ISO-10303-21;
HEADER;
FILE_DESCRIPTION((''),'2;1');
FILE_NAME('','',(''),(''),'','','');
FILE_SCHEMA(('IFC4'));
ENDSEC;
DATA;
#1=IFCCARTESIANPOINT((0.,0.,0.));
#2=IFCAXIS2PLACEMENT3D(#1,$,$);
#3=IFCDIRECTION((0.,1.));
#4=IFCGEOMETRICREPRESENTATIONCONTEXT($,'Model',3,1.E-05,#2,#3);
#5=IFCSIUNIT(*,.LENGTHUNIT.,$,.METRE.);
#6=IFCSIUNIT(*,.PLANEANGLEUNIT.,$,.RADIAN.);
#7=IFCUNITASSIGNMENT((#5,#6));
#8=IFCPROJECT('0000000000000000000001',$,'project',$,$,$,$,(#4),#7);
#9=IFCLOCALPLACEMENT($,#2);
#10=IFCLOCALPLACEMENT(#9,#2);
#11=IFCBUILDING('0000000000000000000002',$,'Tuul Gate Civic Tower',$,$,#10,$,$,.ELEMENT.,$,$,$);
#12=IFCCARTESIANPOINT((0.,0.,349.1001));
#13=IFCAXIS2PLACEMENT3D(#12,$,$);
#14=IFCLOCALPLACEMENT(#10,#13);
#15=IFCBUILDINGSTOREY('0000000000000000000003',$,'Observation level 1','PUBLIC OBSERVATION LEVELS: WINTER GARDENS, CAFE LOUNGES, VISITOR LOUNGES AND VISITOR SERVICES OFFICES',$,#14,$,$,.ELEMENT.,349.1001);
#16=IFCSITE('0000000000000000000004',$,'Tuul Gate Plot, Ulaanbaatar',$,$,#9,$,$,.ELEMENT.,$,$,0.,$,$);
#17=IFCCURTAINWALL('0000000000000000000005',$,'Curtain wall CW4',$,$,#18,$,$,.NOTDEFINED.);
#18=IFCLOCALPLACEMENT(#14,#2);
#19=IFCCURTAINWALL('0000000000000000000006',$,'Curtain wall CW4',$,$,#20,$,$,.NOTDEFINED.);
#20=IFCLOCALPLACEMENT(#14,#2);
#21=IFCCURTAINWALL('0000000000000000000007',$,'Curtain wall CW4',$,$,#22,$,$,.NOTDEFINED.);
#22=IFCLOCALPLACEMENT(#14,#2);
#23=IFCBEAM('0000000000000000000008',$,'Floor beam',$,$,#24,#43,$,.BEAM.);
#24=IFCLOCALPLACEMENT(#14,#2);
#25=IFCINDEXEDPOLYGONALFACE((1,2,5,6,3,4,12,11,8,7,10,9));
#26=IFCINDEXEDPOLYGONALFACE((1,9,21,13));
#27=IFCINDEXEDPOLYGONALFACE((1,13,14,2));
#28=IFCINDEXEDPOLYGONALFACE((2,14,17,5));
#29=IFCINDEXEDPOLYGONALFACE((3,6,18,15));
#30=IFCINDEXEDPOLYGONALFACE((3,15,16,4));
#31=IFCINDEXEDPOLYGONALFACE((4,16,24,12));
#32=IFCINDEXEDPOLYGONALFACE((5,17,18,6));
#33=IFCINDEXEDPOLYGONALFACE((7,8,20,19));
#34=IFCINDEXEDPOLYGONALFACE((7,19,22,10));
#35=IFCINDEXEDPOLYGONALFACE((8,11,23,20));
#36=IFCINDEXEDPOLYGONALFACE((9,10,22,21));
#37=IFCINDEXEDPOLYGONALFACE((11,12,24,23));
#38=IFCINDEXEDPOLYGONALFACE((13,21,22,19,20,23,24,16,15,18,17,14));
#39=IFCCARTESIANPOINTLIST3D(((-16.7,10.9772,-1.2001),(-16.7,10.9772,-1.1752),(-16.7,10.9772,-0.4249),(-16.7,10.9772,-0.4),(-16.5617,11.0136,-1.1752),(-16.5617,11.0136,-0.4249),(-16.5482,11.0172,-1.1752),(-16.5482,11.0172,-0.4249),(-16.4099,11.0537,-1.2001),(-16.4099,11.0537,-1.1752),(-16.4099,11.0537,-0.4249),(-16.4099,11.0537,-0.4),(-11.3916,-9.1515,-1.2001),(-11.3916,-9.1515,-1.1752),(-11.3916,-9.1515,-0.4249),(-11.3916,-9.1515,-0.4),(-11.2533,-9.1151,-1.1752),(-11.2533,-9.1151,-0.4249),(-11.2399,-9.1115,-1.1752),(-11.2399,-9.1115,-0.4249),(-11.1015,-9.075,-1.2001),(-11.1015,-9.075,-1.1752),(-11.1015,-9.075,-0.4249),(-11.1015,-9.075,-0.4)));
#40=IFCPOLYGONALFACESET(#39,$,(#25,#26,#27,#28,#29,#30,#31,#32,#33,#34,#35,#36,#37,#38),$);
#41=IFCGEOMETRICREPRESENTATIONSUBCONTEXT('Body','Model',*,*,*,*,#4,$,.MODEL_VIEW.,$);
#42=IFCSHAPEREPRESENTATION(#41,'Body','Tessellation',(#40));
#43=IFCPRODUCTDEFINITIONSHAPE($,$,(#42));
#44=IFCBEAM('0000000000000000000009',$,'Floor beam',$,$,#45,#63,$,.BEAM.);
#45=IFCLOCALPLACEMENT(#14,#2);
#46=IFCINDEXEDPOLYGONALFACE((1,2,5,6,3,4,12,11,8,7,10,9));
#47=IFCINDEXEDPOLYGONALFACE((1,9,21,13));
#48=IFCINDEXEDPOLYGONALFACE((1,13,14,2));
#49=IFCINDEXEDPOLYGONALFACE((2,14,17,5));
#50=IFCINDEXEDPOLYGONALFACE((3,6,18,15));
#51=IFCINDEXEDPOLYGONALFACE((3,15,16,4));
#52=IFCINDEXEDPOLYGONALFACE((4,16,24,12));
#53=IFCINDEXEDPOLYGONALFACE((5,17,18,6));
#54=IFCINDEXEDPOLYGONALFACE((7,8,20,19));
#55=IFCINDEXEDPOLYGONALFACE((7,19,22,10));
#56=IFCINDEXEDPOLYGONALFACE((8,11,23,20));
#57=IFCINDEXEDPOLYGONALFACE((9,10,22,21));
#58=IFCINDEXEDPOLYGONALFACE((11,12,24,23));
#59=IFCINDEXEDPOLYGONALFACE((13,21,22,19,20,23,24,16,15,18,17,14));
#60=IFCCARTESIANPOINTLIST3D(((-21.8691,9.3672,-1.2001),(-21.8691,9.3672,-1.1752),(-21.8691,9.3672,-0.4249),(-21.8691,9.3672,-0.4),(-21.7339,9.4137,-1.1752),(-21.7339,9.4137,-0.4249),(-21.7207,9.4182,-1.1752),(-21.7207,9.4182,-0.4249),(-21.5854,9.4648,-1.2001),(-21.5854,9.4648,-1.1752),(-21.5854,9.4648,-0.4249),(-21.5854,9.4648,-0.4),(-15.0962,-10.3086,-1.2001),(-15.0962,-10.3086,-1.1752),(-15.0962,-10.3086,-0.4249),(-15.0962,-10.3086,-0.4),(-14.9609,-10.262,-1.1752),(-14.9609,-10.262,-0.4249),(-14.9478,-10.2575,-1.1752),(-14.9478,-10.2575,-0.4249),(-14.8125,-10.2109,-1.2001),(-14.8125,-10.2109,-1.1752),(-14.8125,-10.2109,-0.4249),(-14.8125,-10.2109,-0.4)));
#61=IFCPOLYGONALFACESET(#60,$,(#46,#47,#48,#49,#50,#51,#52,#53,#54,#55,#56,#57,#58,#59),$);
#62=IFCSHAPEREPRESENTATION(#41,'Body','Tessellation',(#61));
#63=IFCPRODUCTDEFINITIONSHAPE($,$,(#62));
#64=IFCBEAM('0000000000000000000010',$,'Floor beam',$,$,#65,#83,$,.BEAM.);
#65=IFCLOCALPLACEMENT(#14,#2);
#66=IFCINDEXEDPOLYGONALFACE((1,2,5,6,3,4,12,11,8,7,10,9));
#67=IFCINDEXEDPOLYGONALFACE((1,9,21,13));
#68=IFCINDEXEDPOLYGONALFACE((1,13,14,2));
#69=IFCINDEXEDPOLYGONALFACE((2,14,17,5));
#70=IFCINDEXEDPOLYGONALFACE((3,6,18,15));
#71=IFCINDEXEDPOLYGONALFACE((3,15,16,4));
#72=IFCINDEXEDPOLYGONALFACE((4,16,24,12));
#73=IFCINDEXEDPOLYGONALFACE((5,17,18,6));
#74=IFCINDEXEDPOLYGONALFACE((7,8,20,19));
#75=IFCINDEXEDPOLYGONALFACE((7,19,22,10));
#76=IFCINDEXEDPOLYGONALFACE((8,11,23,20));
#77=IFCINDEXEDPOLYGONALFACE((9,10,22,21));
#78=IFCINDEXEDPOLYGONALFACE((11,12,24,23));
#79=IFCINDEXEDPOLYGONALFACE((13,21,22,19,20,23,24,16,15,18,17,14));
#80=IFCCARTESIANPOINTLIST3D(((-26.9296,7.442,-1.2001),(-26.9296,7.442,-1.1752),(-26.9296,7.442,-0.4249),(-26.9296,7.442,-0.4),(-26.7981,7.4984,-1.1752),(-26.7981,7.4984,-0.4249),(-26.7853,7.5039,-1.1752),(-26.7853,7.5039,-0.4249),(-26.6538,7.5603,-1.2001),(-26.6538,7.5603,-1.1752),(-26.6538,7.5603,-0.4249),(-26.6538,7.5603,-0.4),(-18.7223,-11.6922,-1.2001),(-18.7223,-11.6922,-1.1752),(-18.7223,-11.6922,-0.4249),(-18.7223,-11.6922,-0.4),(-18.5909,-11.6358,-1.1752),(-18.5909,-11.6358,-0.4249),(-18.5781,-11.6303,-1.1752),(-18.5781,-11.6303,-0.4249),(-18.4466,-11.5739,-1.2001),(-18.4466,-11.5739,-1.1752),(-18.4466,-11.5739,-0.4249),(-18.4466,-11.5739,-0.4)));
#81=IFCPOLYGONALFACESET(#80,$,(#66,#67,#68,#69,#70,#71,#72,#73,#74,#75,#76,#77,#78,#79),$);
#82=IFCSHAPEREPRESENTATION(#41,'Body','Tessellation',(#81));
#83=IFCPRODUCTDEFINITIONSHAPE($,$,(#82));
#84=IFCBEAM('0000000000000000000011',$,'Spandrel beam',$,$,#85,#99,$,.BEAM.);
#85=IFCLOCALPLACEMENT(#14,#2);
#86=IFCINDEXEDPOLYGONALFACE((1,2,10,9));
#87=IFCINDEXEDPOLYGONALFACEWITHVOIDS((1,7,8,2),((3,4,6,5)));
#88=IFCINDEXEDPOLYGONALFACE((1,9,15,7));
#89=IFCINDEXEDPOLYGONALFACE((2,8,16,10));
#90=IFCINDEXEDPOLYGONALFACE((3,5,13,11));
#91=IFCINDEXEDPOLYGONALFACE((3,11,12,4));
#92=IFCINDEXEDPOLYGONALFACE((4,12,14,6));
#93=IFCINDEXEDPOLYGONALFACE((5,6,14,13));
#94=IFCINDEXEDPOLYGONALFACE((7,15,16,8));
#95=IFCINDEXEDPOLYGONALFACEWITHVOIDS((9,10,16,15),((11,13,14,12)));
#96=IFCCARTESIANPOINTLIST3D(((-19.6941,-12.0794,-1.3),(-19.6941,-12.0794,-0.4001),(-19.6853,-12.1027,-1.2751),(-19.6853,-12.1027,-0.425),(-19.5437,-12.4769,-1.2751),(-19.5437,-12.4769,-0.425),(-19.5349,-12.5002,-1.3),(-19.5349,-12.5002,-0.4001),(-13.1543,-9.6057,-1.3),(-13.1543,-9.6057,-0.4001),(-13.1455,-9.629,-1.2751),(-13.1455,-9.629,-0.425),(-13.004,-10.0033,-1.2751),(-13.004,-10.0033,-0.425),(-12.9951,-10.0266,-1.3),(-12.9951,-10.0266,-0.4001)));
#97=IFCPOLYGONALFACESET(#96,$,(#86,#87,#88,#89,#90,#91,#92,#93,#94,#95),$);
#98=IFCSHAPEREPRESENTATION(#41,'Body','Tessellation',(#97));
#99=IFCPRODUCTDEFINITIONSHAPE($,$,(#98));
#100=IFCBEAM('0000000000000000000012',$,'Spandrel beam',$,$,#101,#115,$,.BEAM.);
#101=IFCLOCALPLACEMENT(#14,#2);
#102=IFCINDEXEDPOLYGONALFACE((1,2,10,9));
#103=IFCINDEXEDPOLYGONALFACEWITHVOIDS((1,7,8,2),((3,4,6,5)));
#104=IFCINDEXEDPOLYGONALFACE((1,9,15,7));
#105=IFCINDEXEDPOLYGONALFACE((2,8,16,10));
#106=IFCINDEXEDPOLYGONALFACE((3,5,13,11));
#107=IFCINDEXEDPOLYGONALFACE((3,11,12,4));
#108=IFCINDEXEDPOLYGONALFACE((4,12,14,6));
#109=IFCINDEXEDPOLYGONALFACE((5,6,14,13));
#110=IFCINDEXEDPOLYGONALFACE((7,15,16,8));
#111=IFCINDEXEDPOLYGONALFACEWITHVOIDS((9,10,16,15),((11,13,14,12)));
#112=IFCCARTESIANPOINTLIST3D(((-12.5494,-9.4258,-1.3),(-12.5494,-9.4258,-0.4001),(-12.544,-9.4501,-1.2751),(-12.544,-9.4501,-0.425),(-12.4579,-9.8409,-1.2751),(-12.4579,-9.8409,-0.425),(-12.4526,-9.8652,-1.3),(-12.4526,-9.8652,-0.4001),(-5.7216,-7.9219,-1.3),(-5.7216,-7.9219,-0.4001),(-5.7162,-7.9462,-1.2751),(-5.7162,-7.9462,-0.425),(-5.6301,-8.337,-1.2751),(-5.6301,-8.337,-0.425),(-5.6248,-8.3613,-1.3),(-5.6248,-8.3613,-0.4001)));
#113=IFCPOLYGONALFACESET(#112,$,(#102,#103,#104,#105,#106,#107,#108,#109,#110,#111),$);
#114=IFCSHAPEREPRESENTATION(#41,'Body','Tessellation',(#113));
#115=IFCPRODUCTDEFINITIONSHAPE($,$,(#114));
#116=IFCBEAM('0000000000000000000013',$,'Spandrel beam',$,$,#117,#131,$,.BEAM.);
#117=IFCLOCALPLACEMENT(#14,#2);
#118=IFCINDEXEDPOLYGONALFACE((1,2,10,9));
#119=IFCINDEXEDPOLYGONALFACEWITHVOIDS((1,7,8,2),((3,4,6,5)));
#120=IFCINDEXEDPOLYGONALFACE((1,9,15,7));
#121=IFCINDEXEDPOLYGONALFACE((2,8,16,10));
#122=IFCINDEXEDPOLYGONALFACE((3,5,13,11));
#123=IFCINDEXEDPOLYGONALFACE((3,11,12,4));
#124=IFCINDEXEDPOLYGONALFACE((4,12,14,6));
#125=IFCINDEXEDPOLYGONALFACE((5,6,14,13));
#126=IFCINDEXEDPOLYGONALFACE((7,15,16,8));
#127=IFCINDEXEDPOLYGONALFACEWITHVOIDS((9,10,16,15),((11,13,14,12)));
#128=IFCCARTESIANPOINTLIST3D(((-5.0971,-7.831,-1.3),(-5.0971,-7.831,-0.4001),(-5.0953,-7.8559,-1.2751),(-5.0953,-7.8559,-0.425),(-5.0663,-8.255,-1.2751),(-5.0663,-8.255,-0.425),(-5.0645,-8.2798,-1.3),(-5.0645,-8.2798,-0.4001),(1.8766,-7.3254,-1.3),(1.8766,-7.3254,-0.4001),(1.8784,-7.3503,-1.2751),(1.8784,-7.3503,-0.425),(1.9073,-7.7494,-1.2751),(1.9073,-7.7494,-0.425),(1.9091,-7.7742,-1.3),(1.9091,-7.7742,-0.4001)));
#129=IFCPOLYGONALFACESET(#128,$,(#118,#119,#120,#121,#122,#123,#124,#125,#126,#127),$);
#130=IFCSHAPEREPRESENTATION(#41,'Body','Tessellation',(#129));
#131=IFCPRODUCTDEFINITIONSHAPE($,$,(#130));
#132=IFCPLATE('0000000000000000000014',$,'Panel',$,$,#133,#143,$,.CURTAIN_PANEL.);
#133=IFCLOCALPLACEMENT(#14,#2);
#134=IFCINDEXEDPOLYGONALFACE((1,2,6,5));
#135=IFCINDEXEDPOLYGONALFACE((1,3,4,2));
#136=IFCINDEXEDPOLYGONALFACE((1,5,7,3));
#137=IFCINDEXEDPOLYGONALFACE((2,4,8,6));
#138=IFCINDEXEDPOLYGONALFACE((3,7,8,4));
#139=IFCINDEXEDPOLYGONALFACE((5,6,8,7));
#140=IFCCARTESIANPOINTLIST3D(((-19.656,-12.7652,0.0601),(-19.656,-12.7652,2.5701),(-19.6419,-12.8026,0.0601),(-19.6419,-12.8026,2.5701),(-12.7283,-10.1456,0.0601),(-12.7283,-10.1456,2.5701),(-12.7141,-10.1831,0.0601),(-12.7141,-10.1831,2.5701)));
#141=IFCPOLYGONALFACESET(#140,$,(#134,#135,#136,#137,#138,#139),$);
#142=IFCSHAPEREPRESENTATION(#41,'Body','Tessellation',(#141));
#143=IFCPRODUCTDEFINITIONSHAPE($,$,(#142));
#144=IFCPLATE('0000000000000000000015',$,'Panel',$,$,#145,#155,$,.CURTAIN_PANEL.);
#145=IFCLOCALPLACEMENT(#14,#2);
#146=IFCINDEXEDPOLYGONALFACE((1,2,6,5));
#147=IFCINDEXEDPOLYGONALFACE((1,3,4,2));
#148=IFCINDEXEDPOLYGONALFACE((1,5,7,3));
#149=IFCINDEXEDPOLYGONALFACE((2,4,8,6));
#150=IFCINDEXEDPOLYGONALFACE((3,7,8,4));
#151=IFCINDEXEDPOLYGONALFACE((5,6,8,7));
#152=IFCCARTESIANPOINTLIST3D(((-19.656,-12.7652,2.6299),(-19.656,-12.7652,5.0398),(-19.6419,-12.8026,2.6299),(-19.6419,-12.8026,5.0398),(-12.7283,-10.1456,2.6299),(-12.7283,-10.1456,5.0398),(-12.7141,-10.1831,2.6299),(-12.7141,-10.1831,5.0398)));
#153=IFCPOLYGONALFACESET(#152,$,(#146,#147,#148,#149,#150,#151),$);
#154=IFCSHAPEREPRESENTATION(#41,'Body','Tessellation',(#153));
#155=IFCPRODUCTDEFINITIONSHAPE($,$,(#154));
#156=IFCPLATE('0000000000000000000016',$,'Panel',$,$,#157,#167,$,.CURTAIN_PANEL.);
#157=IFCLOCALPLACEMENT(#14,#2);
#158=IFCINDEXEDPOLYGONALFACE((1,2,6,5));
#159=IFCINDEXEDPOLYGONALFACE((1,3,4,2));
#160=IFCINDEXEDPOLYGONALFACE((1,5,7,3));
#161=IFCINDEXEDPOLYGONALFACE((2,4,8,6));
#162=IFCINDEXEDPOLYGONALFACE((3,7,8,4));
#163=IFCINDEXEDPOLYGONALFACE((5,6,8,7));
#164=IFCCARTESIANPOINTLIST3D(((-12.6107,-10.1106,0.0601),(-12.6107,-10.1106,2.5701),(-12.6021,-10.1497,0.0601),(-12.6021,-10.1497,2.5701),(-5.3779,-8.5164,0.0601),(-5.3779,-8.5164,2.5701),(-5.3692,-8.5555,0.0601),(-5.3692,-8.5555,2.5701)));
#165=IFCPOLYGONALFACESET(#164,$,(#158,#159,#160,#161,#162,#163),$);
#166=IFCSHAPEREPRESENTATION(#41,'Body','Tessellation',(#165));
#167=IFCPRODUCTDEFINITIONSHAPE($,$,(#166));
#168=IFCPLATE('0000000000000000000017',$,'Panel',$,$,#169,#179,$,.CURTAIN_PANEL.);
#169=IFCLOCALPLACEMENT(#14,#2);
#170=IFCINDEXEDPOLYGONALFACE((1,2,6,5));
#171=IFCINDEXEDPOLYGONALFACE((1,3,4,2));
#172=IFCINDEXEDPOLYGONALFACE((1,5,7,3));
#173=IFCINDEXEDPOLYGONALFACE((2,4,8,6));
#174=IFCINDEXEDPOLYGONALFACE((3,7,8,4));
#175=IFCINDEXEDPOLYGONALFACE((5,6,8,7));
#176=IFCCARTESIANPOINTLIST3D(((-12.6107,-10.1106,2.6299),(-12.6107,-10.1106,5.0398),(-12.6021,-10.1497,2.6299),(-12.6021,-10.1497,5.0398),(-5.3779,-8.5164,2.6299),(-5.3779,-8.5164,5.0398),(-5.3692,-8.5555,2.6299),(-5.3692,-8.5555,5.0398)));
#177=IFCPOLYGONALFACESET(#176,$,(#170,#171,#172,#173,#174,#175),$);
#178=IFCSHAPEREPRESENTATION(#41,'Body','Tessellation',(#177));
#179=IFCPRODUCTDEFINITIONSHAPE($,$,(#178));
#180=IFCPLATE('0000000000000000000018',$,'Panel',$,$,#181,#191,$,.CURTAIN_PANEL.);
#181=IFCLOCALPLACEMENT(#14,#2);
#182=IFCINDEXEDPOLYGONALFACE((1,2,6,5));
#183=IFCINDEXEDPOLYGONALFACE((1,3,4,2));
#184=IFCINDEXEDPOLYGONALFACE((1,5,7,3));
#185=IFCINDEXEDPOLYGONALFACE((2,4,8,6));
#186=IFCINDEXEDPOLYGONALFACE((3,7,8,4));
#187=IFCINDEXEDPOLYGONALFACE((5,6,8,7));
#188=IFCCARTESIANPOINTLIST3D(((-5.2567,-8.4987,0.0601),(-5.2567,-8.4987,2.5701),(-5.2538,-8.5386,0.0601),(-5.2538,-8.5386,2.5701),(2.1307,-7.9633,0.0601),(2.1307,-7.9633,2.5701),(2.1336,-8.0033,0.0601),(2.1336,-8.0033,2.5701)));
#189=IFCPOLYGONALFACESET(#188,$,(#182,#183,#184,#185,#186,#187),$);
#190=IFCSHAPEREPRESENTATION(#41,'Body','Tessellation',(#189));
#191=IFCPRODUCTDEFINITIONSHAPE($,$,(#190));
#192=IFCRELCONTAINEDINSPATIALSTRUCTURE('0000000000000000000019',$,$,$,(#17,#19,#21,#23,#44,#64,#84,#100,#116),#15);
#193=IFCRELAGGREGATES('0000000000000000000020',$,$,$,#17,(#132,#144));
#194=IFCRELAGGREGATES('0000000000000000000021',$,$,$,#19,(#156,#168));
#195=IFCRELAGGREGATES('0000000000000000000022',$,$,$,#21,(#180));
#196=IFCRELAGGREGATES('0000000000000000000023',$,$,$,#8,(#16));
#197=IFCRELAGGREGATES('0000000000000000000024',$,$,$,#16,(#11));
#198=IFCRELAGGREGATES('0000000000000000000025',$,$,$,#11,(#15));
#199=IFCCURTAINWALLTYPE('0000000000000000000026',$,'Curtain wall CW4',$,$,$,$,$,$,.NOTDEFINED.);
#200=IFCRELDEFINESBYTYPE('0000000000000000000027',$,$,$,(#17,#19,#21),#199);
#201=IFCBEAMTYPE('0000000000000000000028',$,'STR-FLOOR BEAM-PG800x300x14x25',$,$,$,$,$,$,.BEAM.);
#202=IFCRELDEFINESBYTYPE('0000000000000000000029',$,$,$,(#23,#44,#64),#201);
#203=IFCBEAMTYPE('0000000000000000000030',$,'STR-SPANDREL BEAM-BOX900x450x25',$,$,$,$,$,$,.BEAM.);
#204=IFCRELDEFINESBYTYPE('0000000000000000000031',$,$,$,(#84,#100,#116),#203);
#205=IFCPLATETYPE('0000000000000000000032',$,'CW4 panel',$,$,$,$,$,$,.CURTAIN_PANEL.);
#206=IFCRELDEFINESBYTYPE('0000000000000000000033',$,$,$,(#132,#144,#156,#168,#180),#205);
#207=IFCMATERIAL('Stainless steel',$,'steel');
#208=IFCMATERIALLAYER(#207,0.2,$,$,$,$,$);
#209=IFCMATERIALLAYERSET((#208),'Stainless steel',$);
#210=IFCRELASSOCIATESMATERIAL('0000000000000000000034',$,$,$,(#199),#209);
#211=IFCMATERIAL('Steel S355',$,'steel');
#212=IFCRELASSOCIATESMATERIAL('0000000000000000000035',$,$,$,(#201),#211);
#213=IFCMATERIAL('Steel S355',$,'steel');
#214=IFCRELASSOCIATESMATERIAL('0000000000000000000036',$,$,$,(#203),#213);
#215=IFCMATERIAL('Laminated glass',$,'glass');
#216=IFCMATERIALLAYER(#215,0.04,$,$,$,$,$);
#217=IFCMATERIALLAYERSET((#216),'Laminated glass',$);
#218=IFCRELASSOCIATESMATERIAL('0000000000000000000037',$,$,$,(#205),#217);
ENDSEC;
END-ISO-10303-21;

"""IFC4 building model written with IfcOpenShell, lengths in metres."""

from ifc_helpers import new_model, si_unit, direction, frame, origin, origin_2d, place, context, subcontext, project, spatial, rectangle, hollow_rectangle, i_section, extrude, material, layer, layer_set, material_profile, profile_set, type_object, element, aggregate, save


model = new_model("IFC4")

# Units and contexts
model_context = context("Model", 3, precision=1e-05, world=origin(), true_north=direction((0.0, 1.0)))
body_context = subcontext(model_context, "Body", "Model", "MODEL_VIEW")
ifc_project = project(units=[si_unit("LENGTHUNIT", "METRE"), si_unit("PLANEANGLEUNIT", "RADIAN")], contexts=[model_context])

# Site, building, storey
site_placement = place(None, origin())
site = spatial("IfcSite", under=ifc_project, at=site_placement, Name="Tuul Gate Plot, Ulaanbaatar", CompositionType="ELEMENT", RefElevation=0.0)
building_placement = place(site_placement, origin())
building = spatial("IfcBuilding", under=site, at=building_placement, Name="Tuul Gate Civic Tower", CompositionType="ELEMENT")
storey_placement = place(building_placement, frame((0.0, 0.0, 349.1001)))
storey = spatial("IfcBuildingStorey", under=building, at=storey_placement, Name="Observation level 1", Description="PUBLIC OBSERVATION LEVELS: WINTER GARDENS, CAFE LOUNGES, VISITOR LOUNGES AND VISITOR SERVICES OFFICES", CompositionType="ELEMENT", Elevation=349.1001)

# Curtain walls
ifc_material_1 = material(Name="Stainless steel", Category="steel")
ifc_layer_1 = layer(ifc_material_1, 0.2)
ifc_layer_set_1 = layer_set([ifc_layer_1], Name="Stainless steel")
curtain_wall_type = type_object("IfcCurtainWallType", Name="Curtain wall CW4", PredefinedType="NOTDEFINED", material=ifc_layer_set_1)
curtain_wall_1_placement = place(storey_placement, origin())
curtain_wall_1 = element("IfcCurtainWall", 1, at=curtain_wall_1_placement, inside=storey, type_object=curtain_wall_type, Name="Curtain wall CW4", PredefinedType="NOTDEFINED")
curtain_wall_2_placement = place(storey_placement, origin())
curtain_wall_2 = element("IfcCurtainWall", 2, at=curtain_wall_2_placement, inside=storey, type_object=curtain_wall_type, Name="Curtain wall CW4", PredefinedType="NOTDEFINED")
curtain_wall_3_placement = place(storey_placement, origin())
curtain_wall_3 = element("IfcCurtainWall", 3, at=curtain_wall_3_placement, inside=storey, type_object=curtain_wall_type, Name="Curtain wall CW4", PredefinedType="NOTDEFINED")

# Beams
ifc_material_2 = material(Name="Steel S355", Category="steel")
ifc_material_profile_1 = material_profile(ifc_material_2, i_section(OverallWidth=0.3, OverallDepth=0.8, WebThickness=0.0139, FlangeThickness=0.0249, at=origin_2d()), Name="PG800x300x14x25")
ifc_profile_set_1 = profile_set([ifc_material_profile_1], Name="Steel S355")
beam_type_1 = type_object("IfcBeamType", Name="STR-FLOOR BEAM-PG800x300x14x25", PredefinedType="BEAM", material=ifc_profile_set_1)
beam_1_placement = place(storey_placement, frame((-11.2466, -9.1133, -0.8), z_axis=(-0.255002, 0.96694, 0.0), x_axis=(-0.96694, -0.255002, 0.0)))
element("IfcBeam", 4, at=beam_1_placement, inside=storey, type_object=beam_type_1, Name="Floor beam", PredefinedType="BEAM", context=body_context, shape_type="SweptSolid", body=[
    extrude(i_section(OverallWidth=0.3, OverallDepth=0.8, WebThickness=0.0139, FlangeThickness=0.0249, at=origin_2d()), origin(), (0.0, 0.0, 1.0), 20.8169),
])
beam_2_placement = place(storey_placement, frame((-14.9543, -10.2598, -0.8), z_axis=(-0.325484, 0.945548, 0.0), x_axis=(-0.945548, -0.325484, 0.0)))
element("IfcBeam", 5, at=beam_2_placement, inside=storey, type_object=beam_type_1, Name="Floor beam", PredefinedType="BEAM", context=body_context, shape_type="SweptSolid", body=[
    extrude(i_section(OverallWidth=0.3, OverallDepth=0.8, WebThickness=0.0139, FlangeThickness=0.0249, at=origin_2d()), origin(), (0.0, 0.0, 1.0), 20.8088),
])
beam_3_placement = place(storey_placement, frame((-18.5845, -11.6331, -0.8), z_axis=(-0.394198, 0.919026, 0.0), x_axis=(-0.919026, -0.394198, 0.0)))
element("IfcBeam", 6, at=beam_3_placement, inside=storey, type_object=beam_type_1, Name="Floor beam", PredefinedType="BEAM", context=body_context, shape_type="SweptSolid", body=[
    extrude(i_section(OverallWidth=0.3, OverallDepth=0.8, WebThickness=0.0139, FlangeThickness=0.0249, at=origin_2d()), origin(), (0.0, 0.0, 1.0), 20.8201),
])
ifc_material_3 = material(Name="Steel S355", Category="steel")
ifc_material_profile_2 = material_profile(ifc_material_3, hollow_rectangle(XDim=0.45, YDim=0.8999, WallThickness=0.0249, at=origin_2d()), Name="BOX900x450x25")
ifc_profile_set_2 = profile_set([ifc_material_profile_2], Name="Steel S355")
beam_type_2 = type_object("IfcBeamType", Name="STR-SPANDREL BEAM-BOX900x450x25", PredefinedType="BEAM", material=ifc_profile_set_2)
beam_4_placement = place(storey_placement, frame((-19.6145, -12.2898, -0.8501), z_axis=(0.935328, 0.353781, 0.0), x_axis=(-0.353781, 0.935328, 0.0)))
element("IfcBeam", 7, at=beam_4_placement, inside=storey, type_object=beam_type_2, Name="Spandrel beam", PredefinedType="BEAM", context=body_context, shape_type="SweptSolid", body=[
    extrude(hollow_rectangle(XDim=0.45, YDim=0.8999, WallThickness=0.0249, at=origin_2d()), origin(), (0.0, 0.0, 1.0), 6.9919),
])
beam_5_placement = place(storey_placement, frame((-12.501, -9.6455, -0.8501), z_axis=(0.976591, 0.215104, 0.0), x_axis=(-0.215104, 0.976591, 0.0)))
element("IfcBeam", 8, at=beam_5_placement, inside=storey, type_object=beam_type_2, Name="Spandrel beam", PredefinedType="BEAM", context=body_context, shape_type="SweptSolid", body=[
    extrude(hollow_rectangle(XDim=0.45, YDim=0.8999, WallThickness=0.0249, at=origin_2d()), origin(), (0.0, 0.0, 1.0), 6.9915),
])
beam_6_placement = place(storey_placement, frame((-5.0808, -8.0554, -0.8501), z_axis=(0.997382, 0.072314, 0.0), x_axis=(-0.072314, 0.997382, 0.0)))
element("IfcBeam", 9, at=beam_6_placement, inside=storey, type_object=beam_type_2, Name="Spandrel beam", PredefinedType="BEAM", context=body_context, shape_type="SweptSolid", body=[
    extrude(hollow_rectangle(XDim=0.45, YDim=0.8999, WallThickness=0.0249, at=origin_2d()), origin(), (0.0, 0.0, 1.0), 6.9919),
])

# Plates
ifc_material_4 = material(Name="Laminated glass", Category="glass")
ifc_layer_2 = layer(ifc_material_4, 0.04)
ifc_layer_set_2 = layer_set([ifc_layer_2], Name="Laminated glass")
plate_type = type_object("IfcPlateType", Name="CW4 panel", PredefinedType="CURTAIN_PANEL", material=ifc_layer_set_2)
plate_1_placement = place(storey_placement, frame((-16.1851, -11.4741, 0.0601), z_axis=(0.0, 0.0, 1.0), x_axis=(0.935365, 0.353685, 0.0)))
plate_1 = element("IfcPlate", 10, at=plate_1_placement, type_object=plate_type, Name="Panel", PredefinedType="CURTAIN_PANEL", context=body_context, shape_type="SweptSolid", body=[
    extrude(rectangle(XDim=7.4065, YDim=0.04, at=origin_2d()), origin(), (0.0, 0.0, 1.0), 2.51),
])
plate_2_placement = place(storey_placement, frame((-16.1851, -11.4741, 2.6299), z_axis=(0.0, 0.0, 1.0), x_axis=(0.935365, 0.353685, 0.0)))
plate_2 = element("IfcPlate", 11, at=plate_2_placement, type_object=plate_type, Name="Panel", PredefinedType="CURTAIN_PANEL", context=body_context, shape_type="SweptSolid", body=[
    extrude(rectangle(XDim=7.4065, YDim=0.04, at=origin_2d()), origin(), (0.0, 0.0, 1.0), 2.4099),
])
aggregate(curtain_wall_1, [plate_1, plate_2])
plate_3_placement = place(storey_placement, frame((-8.99, -9.333, 0.0601), z_axis=(0.0, 0.0, 1.0), x_axis=(0.976561, 0.215242, 0.0)))
plate_3 = element("IfcPlate", 12, at=plate_3_placement, type_object=plate_type, Name="Panel", PredefinedType="CURTAIN_PANEL", context=body_context, shape_type="SweptSolid", body=[
    extrude(rectangle(XDim=7.4065, YDim=0.04, at=origin_2d()), origin(), (0.0, 0.0, 1.0), 2.51),
])
plate_4_placement = place(storey_placement, frame((-8.99, -9.333, 2.6299), z_axis=(0.0, 0.0, 1.0), x_axis=(0.976561, 0.215242, 0.0)))
plate_4 = element("IfcPlate", 13, at=plate_4_placement, type_object=plate_type, Name="Panel", PredefinedType="CURTAIN_PANEL", context=body_context, shape_type="SweptSolid", body=[
    extrude(rectangle(XDim=7.4065, YDim=0.04, at=origin_2d()), origin(), (0.0, 0.0, 1.0), 2.4099),
])
aggregate(curtain_wall_2, [plate_3, plate_4])
plate_5_placement = place(storey_placement, frame((-1.5615, -8.251, 0.0601), z_axis=(0.0, 0.0, 1.0), x_axis=(0.997385, 0.072276, 0.0)))
plate_5 = element("IfcPlate", 14, at=plate_5_placement, type_object=plate_type, Name="Panel", PredefinedType="CURTAIN_PANEL", context=body_context, shape_type="SweptSolid", body=[
    extrude(rectangle(XDim=7.4067, YDim=0.04, at=origin_2d()), origin(), (0.0, 0.0, 1.0), 2.51),
])
aggregate(curtain_wall_3, [plate_5])

save(model, "model.ifc")
